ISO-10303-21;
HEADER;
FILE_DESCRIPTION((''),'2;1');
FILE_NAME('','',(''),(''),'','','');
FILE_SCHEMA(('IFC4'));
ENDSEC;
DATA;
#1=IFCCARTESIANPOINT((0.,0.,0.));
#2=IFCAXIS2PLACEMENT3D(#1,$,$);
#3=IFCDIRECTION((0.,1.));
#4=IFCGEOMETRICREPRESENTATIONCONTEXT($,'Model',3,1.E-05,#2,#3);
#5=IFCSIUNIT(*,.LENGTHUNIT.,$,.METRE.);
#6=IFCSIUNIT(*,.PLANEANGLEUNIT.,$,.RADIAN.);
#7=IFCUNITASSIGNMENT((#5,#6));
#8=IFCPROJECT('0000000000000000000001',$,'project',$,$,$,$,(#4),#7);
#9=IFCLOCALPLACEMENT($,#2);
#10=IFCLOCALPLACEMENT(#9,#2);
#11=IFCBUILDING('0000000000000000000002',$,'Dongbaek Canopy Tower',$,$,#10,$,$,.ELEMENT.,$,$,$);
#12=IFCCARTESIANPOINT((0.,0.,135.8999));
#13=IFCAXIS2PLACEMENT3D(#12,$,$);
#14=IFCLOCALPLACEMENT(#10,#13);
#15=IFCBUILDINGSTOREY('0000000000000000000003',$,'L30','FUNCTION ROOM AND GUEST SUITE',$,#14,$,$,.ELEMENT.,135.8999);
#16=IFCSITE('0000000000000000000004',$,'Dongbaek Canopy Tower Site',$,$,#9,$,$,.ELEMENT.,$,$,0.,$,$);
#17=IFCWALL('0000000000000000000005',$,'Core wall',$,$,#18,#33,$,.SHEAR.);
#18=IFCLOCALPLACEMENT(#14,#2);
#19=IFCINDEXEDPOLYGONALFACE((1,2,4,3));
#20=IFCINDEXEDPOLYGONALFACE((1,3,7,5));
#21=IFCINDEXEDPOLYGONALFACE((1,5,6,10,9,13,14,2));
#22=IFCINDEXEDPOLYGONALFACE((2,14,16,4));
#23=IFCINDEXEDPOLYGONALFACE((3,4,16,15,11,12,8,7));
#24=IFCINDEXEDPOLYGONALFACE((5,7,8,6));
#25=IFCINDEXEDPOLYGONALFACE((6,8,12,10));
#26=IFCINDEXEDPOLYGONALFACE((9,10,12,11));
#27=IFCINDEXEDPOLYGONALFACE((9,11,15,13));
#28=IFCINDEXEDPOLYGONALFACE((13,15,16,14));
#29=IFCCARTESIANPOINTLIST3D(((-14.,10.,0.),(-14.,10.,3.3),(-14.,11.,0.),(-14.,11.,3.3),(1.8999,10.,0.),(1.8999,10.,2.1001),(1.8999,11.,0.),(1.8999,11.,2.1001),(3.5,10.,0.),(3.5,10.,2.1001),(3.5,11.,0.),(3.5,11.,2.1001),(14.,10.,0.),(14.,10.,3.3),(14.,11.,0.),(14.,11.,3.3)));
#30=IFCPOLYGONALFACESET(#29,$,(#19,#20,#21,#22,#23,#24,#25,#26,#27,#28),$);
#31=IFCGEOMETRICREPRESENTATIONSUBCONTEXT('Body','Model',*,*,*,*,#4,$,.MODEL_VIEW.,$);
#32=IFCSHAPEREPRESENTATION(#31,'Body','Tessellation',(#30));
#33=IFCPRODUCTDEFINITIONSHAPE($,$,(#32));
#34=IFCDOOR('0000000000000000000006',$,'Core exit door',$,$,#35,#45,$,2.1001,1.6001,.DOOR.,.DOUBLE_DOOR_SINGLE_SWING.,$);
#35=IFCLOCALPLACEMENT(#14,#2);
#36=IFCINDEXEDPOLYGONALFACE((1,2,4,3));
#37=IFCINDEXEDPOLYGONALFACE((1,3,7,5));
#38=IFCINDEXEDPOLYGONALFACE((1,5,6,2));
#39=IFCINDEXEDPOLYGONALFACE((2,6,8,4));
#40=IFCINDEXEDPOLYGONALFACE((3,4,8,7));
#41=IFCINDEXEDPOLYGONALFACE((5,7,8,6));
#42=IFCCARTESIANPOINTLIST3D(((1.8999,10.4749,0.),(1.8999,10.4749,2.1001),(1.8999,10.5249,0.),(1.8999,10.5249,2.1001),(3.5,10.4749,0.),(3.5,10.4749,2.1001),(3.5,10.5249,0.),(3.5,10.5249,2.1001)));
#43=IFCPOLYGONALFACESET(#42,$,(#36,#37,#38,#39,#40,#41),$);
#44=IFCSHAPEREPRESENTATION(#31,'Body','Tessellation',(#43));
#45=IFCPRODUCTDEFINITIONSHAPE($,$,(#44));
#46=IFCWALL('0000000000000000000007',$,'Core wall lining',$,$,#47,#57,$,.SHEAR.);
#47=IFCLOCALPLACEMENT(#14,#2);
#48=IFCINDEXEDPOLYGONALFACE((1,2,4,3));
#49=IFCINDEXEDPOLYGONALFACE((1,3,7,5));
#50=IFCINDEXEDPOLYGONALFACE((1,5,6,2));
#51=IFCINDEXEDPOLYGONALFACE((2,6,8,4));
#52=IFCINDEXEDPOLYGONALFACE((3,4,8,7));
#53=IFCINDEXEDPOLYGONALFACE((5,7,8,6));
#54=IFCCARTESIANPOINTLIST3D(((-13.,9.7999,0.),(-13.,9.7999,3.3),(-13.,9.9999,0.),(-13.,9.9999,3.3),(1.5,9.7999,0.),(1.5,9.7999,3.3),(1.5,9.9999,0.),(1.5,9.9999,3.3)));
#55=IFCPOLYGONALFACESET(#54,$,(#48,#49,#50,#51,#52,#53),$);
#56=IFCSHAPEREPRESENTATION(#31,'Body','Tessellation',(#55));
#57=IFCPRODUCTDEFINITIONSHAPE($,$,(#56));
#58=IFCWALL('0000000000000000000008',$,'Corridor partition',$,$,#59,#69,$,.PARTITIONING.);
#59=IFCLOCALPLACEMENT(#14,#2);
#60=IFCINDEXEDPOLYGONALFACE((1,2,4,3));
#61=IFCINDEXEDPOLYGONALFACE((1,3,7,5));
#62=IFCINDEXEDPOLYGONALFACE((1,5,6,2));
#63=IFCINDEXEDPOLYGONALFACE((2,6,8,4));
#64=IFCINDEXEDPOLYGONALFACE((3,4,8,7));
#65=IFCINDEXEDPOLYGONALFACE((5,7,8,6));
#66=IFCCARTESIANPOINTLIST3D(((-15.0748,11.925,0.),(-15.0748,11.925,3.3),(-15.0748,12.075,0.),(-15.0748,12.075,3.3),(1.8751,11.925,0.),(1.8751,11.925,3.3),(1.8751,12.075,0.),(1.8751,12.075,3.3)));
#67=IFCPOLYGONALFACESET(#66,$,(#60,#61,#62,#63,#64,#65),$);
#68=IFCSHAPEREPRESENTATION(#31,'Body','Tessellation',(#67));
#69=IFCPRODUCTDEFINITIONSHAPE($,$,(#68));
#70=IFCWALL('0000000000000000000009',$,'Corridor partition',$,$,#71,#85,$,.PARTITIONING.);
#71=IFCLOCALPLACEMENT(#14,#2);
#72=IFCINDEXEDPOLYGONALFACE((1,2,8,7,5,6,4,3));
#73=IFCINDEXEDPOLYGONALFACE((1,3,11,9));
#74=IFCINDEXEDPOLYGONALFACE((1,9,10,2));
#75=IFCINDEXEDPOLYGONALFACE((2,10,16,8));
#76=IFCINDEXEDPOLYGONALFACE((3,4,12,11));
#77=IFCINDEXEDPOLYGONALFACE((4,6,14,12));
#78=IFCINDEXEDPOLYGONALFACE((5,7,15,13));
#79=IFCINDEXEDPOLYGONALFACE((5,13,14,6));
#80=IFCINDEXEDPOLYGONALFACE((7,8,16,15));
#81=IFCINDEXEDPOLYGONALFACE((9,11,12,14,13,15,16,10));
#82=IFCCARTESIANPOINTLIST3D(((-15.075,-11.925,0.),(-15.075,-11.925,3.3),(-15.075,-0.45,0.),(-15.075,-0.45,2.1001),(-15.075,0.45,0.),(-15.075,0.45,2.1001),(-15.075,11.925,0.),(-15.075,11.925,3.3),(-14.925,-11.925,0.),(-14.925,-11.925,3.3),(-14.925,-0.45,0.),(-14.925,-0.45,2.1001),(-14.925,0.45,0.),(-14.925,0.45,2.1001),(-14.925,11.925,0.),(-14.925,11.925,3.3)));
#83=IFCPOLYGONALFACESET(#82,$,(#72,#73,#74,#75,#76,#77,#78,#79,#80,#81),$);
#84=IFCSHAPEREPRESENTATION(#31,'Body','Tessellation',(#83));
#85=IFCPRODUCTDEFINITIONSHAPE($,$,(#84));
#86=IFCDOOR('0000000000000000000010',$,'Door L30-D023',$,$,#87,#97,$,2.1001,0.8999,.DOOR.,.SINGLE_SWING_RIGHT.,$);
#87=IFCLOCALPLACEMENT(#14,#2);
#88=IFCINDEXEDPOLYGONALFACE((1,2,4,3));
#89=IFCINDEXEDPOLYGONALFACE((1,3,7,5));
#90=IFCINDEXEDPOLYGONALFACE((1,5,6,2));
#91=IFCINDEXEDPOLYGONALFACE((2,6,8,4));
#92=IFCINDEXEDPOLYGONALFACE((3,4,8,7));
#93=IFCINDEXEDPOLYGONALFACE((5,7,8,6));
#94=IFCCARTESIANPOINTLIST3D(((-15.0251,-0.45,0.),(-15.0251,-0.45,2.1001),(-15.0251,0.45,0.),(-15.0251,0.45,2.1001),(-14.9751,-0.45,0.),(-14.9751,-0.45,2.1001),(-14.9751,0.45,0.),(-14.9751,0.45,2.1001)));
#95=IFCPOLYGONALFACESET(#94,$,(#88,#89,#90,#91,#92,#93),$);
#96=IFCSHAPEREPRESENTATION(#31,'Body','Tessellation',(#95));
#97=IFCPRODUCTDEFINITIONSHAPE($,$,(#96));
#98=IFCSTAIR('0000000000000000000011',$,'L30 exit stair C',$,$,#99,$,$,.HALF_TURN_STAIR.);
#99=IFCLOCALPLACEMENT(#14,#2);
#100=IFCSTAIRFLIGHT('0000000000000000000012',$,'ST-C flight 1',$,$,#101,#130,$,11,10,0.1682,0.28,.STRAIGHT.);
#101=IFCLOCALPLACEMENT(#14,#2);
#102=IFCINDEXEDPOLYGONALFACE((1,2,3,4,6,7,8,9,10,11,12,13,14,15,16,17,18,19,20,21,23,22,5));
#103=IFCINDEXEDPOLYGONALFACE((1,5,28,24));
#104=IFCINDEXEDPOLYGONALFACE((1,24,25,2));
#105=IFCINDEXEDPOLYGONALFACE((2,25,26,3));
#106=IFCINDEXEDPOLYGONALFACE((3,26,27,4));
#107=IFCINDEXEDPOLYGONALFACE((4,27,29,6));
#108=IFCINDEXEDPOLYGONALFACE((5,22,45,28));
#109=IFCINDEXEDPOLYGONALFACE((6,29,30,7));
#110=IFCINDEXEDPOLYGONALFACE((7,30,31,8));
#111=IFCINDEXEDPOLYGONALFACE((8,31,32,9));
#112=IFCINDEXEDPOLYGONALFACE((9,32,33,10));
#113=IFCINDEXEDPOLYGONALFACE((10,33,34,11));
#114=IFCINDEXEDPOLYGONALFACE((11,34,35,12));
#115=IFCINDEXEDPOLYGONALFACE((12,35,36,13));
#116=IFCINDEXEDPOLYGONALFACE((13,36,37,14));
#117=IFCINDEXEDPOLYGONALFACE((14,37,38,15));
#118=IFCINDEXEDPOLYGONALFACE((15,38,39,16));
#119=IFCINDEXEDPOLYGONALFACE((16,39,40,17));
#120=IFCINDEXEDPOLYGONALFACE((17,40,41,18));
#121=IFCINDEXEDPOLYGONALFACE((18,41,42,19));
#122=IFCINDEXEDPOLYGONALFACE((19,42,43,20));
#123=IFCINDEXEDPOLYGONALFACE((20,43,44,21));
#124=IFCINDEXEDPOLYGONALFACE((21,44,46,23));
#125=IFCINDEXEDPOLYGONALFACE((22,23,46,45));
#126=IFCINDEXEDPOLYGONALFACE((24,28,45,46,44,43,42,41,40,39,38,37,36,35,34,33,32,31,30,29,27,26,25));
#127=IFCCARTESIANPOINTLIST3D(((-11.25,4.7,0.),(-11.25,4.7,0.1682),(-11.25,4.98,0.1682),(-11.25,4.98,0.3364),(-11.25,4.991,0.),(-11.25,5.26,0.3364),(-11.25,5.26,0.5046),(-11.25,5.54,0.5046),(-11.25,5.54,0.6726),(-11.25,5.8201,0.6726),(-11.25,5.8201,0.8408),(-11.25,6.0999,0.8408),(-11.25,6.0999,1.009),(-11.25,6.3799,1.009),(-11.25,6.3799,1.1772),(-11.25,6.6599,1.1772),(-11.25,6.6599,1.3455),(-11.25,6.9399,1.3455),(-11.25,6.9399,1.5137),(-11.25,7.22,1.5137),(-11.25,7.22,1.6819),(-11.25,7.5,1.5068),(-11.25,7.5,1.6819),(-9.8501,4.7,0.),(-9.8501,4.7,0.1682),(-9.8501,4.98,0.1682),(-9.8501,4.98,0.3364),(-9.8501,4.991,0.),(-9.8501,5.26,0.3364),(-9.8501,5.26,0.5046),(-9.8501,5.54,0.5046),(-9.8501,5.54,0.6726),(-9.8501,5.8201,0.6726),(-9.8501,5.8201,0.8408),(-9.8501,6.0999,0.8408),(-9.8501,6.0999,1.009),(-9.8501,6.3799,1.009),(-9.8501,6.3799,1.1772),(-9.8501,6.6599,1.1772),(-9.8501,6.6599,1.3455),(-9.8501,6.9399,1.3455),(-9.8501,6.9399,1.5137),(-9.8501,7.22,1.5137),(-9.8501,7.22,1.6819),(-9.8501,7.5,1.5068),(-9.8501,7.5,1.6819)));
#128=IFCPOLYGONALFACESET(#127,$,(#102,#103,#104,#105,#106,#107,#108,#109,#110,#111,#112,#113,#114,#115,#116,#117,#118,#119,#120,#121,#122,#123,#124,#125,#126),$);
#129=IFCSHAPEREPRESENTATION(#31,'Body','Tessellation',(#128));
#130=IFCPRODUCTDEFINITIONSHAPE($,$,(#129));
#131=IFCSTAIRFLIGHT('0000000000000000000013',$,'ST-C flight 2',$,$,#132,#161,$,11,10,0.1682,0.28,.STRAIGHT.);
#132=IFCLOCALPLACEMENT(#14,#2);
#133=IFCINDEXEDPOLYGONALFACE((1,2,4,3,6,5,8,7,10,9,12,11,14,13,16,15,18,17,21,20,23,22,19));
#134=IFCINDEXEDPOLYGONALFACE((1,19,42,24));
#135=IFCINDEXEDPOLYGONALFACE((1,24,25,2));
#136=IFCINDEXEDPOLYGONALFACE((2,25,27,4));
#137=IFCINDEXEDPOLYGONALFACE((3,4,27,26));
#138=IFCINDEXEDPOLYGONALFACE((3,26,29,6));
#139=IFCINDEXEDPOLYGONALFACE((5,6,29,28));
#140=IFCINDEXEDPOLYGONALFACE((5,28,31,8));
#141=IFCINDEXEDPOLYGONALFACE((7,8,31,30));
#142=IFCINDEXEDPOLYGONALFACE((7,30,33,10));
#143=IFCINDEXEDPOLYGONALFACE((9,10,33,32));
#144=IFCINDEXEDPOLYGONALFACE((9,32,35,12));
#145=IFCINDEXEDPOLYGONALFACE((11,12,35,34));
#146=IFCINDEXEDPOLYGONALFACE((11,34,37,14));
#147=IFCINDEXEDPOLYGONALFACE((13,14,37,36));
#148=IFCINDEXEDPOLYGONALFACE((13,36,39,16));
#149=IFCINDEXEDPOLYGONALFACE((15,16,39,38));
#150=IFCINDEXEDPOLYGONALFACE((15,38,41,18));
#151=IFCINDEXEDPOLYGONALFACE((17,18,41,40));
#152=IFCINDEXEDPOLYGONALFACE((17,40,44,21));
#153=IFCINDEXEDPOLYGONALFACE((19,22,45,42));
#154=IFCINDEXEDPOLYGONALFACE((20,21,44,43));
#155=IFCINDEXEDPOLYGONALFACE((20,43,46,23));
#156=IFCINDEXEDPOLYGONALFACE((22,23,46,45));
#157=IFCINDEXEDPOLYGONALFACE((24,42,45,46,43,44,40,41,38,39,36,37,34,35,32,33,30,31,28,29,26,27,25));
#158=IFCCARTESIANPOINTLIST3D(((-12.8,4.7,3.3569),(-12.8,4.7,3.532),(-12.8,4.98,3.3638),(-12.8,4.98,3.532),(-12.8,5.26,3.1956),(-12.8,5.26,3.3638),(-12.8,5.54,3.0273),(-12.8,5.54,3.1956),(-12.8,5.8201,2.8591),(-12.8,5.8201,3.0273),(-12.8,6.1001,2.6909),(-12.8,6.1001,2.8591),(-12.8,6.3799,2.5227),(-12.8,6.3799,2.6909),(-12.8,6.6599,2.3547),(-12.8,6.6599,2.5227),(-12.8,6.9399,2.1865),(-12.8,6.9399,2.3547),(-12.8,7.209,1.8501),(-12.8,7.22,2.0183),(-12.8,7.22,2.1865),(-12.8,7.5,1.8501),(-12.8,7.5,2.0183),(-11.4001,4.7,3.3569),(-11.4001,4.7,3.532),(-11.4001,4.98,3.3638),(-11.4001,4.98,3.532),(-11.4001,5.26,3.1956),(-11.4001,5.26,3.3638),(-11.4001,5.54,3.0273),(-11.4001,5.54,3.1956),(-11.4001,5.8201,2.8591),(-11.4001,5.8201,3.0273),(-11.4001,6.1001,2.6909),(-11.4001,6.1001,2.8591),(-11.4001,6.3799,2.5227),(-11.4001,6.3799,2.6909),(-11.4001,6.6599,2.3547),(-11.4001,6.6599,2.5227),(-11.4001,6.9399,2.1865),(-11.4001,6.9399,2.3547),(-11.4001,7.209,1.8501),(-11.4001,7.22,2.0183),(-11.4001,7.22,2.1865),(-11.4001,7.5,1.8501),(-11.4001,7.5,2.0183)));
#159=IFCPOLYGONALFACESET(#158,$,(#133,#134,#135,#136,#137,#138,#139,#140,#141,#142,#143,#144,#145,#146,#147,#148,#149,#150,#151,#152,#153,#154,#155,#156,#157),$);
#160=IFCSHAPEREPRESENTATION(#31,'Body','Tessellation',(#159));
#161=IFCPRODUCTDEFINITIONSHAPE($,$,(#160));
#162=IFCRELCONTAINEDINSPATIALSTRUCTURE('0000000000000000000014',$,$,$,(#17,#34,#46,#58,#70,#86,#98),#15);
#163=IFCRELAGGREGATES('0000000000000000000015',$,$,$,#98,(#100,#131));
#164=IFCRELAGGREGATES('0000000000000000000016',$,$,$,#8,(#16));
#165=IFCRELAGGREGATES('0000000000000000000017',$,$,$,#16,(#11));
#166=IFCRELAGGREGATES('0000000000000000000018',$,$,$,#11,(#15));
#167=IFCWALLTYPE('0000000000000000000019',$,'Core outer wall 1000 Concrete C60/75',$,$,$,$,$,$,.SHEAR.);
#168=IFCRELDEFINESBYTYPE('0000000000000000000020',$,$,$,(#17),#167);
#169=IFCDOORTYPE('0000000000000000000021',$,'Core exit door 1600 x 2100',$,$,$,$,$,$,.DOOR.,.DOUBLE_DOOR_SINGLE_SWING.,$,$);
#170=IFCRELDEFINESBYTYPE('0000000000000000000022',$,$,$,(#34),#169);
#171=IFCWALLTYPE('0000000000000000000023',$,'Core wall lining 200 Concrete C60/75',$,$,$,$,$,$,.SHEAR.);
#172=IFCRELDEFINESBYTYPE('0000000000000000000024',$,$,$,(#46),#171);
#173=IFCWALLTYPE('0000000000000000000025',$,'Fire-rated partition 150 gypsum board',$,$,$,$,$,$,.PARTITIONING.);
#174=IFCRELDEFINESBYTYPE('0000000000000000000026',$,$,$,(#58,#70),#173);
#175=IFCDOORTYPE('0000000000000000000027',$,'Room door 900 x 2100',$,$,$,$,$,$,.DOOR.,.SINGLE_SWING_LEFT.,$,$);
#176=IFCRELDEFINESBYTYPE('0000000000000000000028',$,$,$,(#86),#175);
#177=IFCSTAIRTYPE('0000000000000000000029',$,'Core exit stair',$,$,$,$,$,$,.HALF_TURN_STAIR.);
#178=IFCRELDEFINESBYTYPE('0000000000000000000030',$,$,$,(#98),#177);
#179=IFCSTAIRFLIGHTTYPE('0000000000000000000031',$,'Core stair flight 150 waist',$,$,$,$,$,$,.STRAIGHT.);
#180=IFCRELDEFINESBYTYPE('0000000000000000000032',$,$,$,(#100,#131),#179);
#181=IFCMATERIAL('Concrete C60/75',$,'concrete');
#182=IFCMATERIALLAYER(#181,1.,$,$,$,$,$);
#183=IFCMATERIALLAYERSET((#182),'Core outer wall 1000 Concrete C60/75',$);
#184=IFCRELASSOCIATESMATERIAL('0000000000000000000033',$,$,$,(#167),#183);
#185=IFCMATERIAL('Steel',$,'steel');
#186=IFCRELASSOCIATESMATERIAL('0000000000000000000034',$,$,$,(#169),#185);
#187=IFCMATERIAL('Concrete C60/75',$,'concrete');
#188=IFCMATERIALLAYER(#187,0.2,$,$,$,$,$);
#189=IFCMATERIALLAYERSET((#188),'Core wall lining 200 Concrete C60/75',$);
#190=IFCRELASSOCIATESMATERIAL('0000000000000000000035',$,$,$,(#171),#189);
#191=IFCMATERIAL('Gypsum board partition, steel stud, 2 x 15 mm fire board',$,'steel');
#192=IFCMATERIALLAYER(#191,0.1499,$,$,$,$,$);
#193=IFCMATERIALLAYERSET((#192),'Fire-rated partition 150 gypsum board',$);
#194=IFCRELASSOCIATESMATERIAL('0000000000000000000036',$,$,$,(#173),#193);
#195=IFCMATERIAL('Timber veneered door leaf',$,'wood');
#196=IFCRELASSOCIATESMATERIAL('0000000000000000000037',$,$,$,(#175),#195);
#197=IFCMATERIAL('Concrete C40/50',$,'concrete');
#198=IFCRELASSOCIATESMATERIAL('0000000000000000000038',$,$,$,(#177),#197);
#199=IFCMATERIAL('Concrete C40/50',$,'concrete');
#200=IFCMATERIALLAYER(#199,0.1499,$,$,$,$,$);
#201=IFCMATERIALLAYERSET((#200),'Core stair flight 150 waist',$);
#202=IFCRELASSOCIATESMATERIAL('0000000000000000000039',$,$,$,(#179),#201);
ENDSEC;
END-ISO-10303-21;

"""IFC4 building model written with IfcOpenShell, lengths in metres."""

from ifc_helpers import new_model, si_unit, direction, frame, frame_2d, origin, place, context, subcontext, project, spatial, polyline, rectangle, outline, extrude, material, layer, layer_set, type_object, element, fill, aggregate, save


model = new_model("IFC4")

# Units and contexts
model_context = context("Model", 3, precision=1e-05, world=origin(), true_north=direction((0.0, 1.0)))
body_context = subcontext(model_context, "Body", "Model", "MODEL_VIEW")
ifc_project = project(units=[si_unit("LENGTHUNIT", "METRE"), si_unit("PLANEANGLEUNIT", "RADIAN")], contexts=[model_context])

# Site, building, storey
site_placement = place(None, origin())
site = spatial("IfcSite", under=ifc_project, at=site_placement, Name="Dongbaek Canopy Tower Site", CompositionType="ELEMENT", RefElevation=0.0)
building_placement = place(site_placement, origin())
building = spatial("IfcBuilding", under=site, at=building_placement, Name="Dongbaek Canopy Tower", CompositionType="ELEMENT")
storey_placement = place(building_placement, frame((0.0, 0.0, 135.8999)))
storey = spatial("IfcBuildingStorey", under=building, at=storey_placement, Name="L30", Description="FUNCTION ROOM AND GUEST SUITE", CompositionType="ELEMENT", Elevation=135.8999)

# Wall, opening, door
ifc_material_1 = material(Name="Concrete C60/75", Category="concrete")
ifc_layer_1 = layer(ifc_material_1, 1.0)
ifc_layer_set_1 = layer_set([ifc_layer_1], Name="Core outer wall 1000 Concrete C60/75")
wall_type_1 = type_object("IfcWallType", Name="Core outer wall 1000 Concrete C60/75", PredefinedType="SHEAR", material=ifc_layer_set_1)
wall_1_placement = place(storey_placement, frame((-14.0, 10.5, 0.0), z_axis=(0.0, 0.0, 1.0), x_axis=(1.0, 0.0, 0.0)))
wall_1 = element("IfcWall", 1, at=wall_1_placement, inside=storey, type_object=wall_type_1, Name="Core wall", PredefinedType="SHEAR", context=body_context, shape_type="SweptSolid", body=[
    extrude(rectangle(XDim=28.0, YDim=1.0, at=frame_2d((14.0, 0.0))), origin(), (0.0, 0.0, 1.0), 3.3),
])
opening_1_placement = place(wall_1_placement, frame((15.8999, 0.0, 0.0)))
opening_1 = element("IfcOpeningElement", 2, at=opening_1_placement, cuts=wall_1, PredefinedType="OPENING", context=body_context, shape_type="SweptSolid", body=[
    extrude(rectangle(XDim=1.6001, YDim=2.1001, at=frame_2d((0.8, 1.05))), frame((0.0, 0.51, 0.0), z_axis=(0.0, -1.0, 0.0), x_axis=(1.0, 0.0, 0.0)), (0.0, 0.0, 1.0), 1.02),
])
ifc_material_2 = material(Name="Steel", Category="steel")
door_type_1 = type_object("IfcDoorType", Name="Core exit door 1600 x 2100", OperationType="DOUBLE_DOOR_SINGLE_SWING", PredefinedType="DOOR", material=ifc_material_2)
door_1_placement = place(opening_1_placement, origin())
door_1 = element("IfcDoor", 3, at=door_1_placement, inside=storey, type_object=door_type_1, Name="Core exit door", OperationType="DOUBLE_DOOR_SINGLE_SWING", OverallHeight=2.1001, OverallWidth=1.6001, PredefinedType="DOOR", context=body_context, shape_type="SweptSolid", body=[
    extrude(rectangle(XDim=1.6001, YDim=2.1001, at=frame_2d((0.8, 1.05))), frame((0.0, 0.0249, 0.0), z_axis=(0.0, -1.0, 0.0), x_axis=(1.0, 0.0, 0.0)), (0.0, 0.0, 1.0), 0.05),
])
fill(opening_1, door_1)

# Walls
ifc_material_3 = material(Name="Concrete C60/75", Category="concrete")
ifc_layer_2 = layer(ifc_material_3, 0.2)
ifc_layer_set_2 = layer_set([ifc_layer_2], Name="Core wall lining 200 Concrete C60/75")
wall_type_2 = type_object("IfcWallType", Name="Core wall lining 200 Concrete C60/75", PredefinedType="SHEAR", material=ifc_layer_set_2)
wall_2_placement = place(storey_placement, frame((-13.0, 9.8999, 0.0), z_axis=(0.0, 0.0, 1.0), x_axis=(1.0, 0.0, 0.0)))
element("IfcWall", 4, at=wall_2_placement, inside=storey, type_object=wall_type_2, Name="Core wall lining", PredefinedType="SHEAR", context=body_context, shape_type="SweptSolid", body=[
    extrude(rectangle(XDim=14.5, YDim=0.2, at=frame_2d((7.25, 0.0))), origin(), (0.0, 0.0, 1.0), 3.3),
])
ifc_material_4 = material(Name="Gypsum board partition, steel stud, 2 x 15 mm fire board", Category="steel")
ifc_layer_3 = layer(ifc_material_4, 0.1499)
ifc_layer_set_3 = layer_set([ifc_layer_3], Name="Fire-rated partition 150 gypsum board")
wall_type_3 = type_object("IfcWallType", Name="Fire-rated partition 150 gypsum board", PredefinedType="PARTITIONING", material=ifc_layer_set_3)
wall_3_placement = place(storey_placement, frame((-15.075, 12.0, 0.0), z_axis=(0.0, 0.0, 1.0), x_axis=(1.0, 0.0, 0.0)))
element("IfcWall", 5, at=wall_3_placement, inside=storey, type_object=wall_type_3, Name="Corridor partition", PredefinedType="PARTITIONING", context=body_context, shape_type="SweptSolid", body=[
    extrude(rectangle(XDim=16.95, YDim=0.1499, at=frame_2d((8.4751, 0.0))), origin(), (0.0, 0.0, 1.0), 3.3),
])

# Wall, opening, door
wall_4_placement = place(storey_placement, frame((-15.0, 11.925, 0.0), z_axis=(0.0, 0.0, 1.0), x_axis=(0.0, -1.0, 0.0)))
wall_4 = element("IfcWall", 6, at=wall_4_placement, inside=storey, type_object=wall_type_3, Name="Corridor partition", PredefinedType="PARTITIONING", context=body_context, shape_type="SweptSolid", body=[
    extrude(rectangle(XDim=23.8501, YDim=0.1499, at=frame_2d((11.925, 0.0))), origin(), (0.0, 0.0, 1.0), 3.3),
])
opening_2_placement = place(wall_4_placement, frame((11.4751, 0.0, 0.0)))
opening_2 = element("IfcOpeningElement", 7, at=opening_2_placement, cuts=wall_4, PredefinedType="OPENING", context=body_context, shape_type="SweptSolid", body=[
    extrude(rectangle(XDim=0.8999, YDim=2.1001, at=frame_2d((0.45, 1.05))), frame((0.0, 0.085, 0.0), z_axis=(0.0, -1.0, 0.0), x_axis=(1.0, 0.0, 0.0)), (0.0, 0.0, 1.0), 0.1699),
])
ifc_material_5 = material(Name="Timber veneered door leaf", Category="wood")
door_type_2 = type_object("IfcDoorType", Name="Room door 900 x 2100", OperationType="SINGLE_SWING_LEFT", PredefinedType="DOOR", material=ifc_material_5)
door_2_placement = place(opening_2_placement, origin())
door_2 = element("IfcDoor", 8, at=door_2_placement, inside=storey, type_object=door_type_2, Name="Door L30-D023", OperationType="SINGLE_SWING_RIGHT", OverallHeight=2.1001, OverallWidth=0.8999, PredefinedType="DOOR", context=body_context, shape_type="SweptSolid", body=[
    extrude(rectangle(XDim=0.8999, YDim=2.1001, at=frame_2d((0.45, 1.05))), frame((0.0, 0.0249, 0.0), z_axis=(0.0, -1.0, 0.0), x_axis=(1.0, 0.0, 0.0)), (0.0, 0.0, 1.0), 0.05),
])
fill(opening_2, door_2)

# Stair, stair flights
ifc_material_6 = material(Name="Concrete C40/50", Category="concrete")
stair_type = type_object("IfcStairType", Name="Core exit stair", PredefinedType="HALF_TURN_STAIR", material=ifc_material_6)
stair_placement = place(storey_placement, origin())
stair = element("IfcStair", 9, at=stair_placement, inside=storey, type_object=stair_type, Name="L30 exit stair C", PredefinedType="HALF_TURN_STAIR")
ifc_material_7 = material(Name="Concrete C40/50", Category="concrete")
ifc_layer_4 = layer(ifc_material_7, 0.1499)
ifc_layer_set_4 = layer_set([ifc_layer_4], Name="Core stair flight 150 waist")
stair_flight_type = type_object("IfcStairFlightType", Name="Core stair flight 150 waist", PredefinedType="STRAIGHT", material=ifc_layer_set_4)
stair_flight_1_placement = place(storey_placement, frame((-10.55, 4.7, 0.0), z_axis=(0.0, 0.0, 1.0), x_axis=(0.0, 1.0, 0.0)))
stair_flight_1 = element("IfcStairFlight", 10, at=stair_flight_1_placement, type_object=stair_flight_type, Name="ST-C flight 1", NumberOfRisers=11, NumberOfTreads=10, PredefinedType="STRAIGHT", RiserHeight=0.1682, TreadLength=0.28, context=body_context, shape_type="SweptSolid", body=[
    extrude(outline(polyline([(0.0, 0.0), (0.0, 0.1682), (0.28, 0.1682), (0.28, 0.3364), (0.5601, 0.3364), (0.5601, 0.5046), (0.8401, 0.5046), (0.8401, 0.6726), (1.1201, 0.6726), (1.1201, 0.8408), (1.3999, 0.8408), (1.3999, 1.009), (1.6799, 1.009), (1.6799, 1.1772), (1.96, 1.1772), (1.96, 1.3455), (2.24, 1.3455), (2.24, 1.5137), (2.52, 1.5137), (2.52, 1.6819), (2.8, 1.6819), (2.8, 1.8501), (2.8, 1.5068), (0.291, 0.0), (0.0, 0.0)])), frame((0.0, 0.7, 0.0), z_axis=(0.0, -1.0, 0.0), x_axis=(1.0, 0.0, 0.0)), (0.0, 0.0, 1.0), 1.3999),
])
stair_flight_2_placement = place(storey_placement, frame((-12.1001, 7.5, 1.8501), z_axis=(0.0, 0.0, 1.0), x_axis=(0.0, -1.0, 0.0)))
stair_flight_2 = element("IfcStairFlight", 11, at=stair_flight_2_placement, type_object=stair_flight_type, Name="ST-C flight 2", NumberOfRisers=11, NumberOfTreads=10, PredefinedType="STRAIGHT", RiserHeight=0.1682, TreadLength=0.28, context=body_context, shape_type="SweptSolid", body=[
    extrude(outline(polyline([(0.0, 0.0), (0.0, 0.1682), (0.28, 0.1682), (0.28, 0.3364), (0.5601, 0.3364), (0.5601, 0.5046), (0.8401, 0.5046), (0.8401, 0.6726), (1.1201, 0.6726), (1.1201, 0.8408), (1.3999, 0.8408), (1.3999, 1.009), (1.6799, 1.009), (1.6799, 1.1772), (1.96, 1.1772), (1.96, 1.3455), (2.24, 1.3455), (2.24, 1.5137), (2.52, 1.5137), (2.52, 1.6819), (2.8, 1.6819), (2.8, 1.8501), (2.8, 1.5068), (0.291, 0.0), (0.0, 0.0)])), frame((0.0, 0.7, 0.0), z_axis=(0.0, -1.0, 0.0), x_axis=(1.0, 0.0, 0.0)), (0.0, 0.0, 1.0), 1.3999),
])
aggregate(stair, [stair_flight_1, stair_flight_2])

save(model, "model.ifc")
